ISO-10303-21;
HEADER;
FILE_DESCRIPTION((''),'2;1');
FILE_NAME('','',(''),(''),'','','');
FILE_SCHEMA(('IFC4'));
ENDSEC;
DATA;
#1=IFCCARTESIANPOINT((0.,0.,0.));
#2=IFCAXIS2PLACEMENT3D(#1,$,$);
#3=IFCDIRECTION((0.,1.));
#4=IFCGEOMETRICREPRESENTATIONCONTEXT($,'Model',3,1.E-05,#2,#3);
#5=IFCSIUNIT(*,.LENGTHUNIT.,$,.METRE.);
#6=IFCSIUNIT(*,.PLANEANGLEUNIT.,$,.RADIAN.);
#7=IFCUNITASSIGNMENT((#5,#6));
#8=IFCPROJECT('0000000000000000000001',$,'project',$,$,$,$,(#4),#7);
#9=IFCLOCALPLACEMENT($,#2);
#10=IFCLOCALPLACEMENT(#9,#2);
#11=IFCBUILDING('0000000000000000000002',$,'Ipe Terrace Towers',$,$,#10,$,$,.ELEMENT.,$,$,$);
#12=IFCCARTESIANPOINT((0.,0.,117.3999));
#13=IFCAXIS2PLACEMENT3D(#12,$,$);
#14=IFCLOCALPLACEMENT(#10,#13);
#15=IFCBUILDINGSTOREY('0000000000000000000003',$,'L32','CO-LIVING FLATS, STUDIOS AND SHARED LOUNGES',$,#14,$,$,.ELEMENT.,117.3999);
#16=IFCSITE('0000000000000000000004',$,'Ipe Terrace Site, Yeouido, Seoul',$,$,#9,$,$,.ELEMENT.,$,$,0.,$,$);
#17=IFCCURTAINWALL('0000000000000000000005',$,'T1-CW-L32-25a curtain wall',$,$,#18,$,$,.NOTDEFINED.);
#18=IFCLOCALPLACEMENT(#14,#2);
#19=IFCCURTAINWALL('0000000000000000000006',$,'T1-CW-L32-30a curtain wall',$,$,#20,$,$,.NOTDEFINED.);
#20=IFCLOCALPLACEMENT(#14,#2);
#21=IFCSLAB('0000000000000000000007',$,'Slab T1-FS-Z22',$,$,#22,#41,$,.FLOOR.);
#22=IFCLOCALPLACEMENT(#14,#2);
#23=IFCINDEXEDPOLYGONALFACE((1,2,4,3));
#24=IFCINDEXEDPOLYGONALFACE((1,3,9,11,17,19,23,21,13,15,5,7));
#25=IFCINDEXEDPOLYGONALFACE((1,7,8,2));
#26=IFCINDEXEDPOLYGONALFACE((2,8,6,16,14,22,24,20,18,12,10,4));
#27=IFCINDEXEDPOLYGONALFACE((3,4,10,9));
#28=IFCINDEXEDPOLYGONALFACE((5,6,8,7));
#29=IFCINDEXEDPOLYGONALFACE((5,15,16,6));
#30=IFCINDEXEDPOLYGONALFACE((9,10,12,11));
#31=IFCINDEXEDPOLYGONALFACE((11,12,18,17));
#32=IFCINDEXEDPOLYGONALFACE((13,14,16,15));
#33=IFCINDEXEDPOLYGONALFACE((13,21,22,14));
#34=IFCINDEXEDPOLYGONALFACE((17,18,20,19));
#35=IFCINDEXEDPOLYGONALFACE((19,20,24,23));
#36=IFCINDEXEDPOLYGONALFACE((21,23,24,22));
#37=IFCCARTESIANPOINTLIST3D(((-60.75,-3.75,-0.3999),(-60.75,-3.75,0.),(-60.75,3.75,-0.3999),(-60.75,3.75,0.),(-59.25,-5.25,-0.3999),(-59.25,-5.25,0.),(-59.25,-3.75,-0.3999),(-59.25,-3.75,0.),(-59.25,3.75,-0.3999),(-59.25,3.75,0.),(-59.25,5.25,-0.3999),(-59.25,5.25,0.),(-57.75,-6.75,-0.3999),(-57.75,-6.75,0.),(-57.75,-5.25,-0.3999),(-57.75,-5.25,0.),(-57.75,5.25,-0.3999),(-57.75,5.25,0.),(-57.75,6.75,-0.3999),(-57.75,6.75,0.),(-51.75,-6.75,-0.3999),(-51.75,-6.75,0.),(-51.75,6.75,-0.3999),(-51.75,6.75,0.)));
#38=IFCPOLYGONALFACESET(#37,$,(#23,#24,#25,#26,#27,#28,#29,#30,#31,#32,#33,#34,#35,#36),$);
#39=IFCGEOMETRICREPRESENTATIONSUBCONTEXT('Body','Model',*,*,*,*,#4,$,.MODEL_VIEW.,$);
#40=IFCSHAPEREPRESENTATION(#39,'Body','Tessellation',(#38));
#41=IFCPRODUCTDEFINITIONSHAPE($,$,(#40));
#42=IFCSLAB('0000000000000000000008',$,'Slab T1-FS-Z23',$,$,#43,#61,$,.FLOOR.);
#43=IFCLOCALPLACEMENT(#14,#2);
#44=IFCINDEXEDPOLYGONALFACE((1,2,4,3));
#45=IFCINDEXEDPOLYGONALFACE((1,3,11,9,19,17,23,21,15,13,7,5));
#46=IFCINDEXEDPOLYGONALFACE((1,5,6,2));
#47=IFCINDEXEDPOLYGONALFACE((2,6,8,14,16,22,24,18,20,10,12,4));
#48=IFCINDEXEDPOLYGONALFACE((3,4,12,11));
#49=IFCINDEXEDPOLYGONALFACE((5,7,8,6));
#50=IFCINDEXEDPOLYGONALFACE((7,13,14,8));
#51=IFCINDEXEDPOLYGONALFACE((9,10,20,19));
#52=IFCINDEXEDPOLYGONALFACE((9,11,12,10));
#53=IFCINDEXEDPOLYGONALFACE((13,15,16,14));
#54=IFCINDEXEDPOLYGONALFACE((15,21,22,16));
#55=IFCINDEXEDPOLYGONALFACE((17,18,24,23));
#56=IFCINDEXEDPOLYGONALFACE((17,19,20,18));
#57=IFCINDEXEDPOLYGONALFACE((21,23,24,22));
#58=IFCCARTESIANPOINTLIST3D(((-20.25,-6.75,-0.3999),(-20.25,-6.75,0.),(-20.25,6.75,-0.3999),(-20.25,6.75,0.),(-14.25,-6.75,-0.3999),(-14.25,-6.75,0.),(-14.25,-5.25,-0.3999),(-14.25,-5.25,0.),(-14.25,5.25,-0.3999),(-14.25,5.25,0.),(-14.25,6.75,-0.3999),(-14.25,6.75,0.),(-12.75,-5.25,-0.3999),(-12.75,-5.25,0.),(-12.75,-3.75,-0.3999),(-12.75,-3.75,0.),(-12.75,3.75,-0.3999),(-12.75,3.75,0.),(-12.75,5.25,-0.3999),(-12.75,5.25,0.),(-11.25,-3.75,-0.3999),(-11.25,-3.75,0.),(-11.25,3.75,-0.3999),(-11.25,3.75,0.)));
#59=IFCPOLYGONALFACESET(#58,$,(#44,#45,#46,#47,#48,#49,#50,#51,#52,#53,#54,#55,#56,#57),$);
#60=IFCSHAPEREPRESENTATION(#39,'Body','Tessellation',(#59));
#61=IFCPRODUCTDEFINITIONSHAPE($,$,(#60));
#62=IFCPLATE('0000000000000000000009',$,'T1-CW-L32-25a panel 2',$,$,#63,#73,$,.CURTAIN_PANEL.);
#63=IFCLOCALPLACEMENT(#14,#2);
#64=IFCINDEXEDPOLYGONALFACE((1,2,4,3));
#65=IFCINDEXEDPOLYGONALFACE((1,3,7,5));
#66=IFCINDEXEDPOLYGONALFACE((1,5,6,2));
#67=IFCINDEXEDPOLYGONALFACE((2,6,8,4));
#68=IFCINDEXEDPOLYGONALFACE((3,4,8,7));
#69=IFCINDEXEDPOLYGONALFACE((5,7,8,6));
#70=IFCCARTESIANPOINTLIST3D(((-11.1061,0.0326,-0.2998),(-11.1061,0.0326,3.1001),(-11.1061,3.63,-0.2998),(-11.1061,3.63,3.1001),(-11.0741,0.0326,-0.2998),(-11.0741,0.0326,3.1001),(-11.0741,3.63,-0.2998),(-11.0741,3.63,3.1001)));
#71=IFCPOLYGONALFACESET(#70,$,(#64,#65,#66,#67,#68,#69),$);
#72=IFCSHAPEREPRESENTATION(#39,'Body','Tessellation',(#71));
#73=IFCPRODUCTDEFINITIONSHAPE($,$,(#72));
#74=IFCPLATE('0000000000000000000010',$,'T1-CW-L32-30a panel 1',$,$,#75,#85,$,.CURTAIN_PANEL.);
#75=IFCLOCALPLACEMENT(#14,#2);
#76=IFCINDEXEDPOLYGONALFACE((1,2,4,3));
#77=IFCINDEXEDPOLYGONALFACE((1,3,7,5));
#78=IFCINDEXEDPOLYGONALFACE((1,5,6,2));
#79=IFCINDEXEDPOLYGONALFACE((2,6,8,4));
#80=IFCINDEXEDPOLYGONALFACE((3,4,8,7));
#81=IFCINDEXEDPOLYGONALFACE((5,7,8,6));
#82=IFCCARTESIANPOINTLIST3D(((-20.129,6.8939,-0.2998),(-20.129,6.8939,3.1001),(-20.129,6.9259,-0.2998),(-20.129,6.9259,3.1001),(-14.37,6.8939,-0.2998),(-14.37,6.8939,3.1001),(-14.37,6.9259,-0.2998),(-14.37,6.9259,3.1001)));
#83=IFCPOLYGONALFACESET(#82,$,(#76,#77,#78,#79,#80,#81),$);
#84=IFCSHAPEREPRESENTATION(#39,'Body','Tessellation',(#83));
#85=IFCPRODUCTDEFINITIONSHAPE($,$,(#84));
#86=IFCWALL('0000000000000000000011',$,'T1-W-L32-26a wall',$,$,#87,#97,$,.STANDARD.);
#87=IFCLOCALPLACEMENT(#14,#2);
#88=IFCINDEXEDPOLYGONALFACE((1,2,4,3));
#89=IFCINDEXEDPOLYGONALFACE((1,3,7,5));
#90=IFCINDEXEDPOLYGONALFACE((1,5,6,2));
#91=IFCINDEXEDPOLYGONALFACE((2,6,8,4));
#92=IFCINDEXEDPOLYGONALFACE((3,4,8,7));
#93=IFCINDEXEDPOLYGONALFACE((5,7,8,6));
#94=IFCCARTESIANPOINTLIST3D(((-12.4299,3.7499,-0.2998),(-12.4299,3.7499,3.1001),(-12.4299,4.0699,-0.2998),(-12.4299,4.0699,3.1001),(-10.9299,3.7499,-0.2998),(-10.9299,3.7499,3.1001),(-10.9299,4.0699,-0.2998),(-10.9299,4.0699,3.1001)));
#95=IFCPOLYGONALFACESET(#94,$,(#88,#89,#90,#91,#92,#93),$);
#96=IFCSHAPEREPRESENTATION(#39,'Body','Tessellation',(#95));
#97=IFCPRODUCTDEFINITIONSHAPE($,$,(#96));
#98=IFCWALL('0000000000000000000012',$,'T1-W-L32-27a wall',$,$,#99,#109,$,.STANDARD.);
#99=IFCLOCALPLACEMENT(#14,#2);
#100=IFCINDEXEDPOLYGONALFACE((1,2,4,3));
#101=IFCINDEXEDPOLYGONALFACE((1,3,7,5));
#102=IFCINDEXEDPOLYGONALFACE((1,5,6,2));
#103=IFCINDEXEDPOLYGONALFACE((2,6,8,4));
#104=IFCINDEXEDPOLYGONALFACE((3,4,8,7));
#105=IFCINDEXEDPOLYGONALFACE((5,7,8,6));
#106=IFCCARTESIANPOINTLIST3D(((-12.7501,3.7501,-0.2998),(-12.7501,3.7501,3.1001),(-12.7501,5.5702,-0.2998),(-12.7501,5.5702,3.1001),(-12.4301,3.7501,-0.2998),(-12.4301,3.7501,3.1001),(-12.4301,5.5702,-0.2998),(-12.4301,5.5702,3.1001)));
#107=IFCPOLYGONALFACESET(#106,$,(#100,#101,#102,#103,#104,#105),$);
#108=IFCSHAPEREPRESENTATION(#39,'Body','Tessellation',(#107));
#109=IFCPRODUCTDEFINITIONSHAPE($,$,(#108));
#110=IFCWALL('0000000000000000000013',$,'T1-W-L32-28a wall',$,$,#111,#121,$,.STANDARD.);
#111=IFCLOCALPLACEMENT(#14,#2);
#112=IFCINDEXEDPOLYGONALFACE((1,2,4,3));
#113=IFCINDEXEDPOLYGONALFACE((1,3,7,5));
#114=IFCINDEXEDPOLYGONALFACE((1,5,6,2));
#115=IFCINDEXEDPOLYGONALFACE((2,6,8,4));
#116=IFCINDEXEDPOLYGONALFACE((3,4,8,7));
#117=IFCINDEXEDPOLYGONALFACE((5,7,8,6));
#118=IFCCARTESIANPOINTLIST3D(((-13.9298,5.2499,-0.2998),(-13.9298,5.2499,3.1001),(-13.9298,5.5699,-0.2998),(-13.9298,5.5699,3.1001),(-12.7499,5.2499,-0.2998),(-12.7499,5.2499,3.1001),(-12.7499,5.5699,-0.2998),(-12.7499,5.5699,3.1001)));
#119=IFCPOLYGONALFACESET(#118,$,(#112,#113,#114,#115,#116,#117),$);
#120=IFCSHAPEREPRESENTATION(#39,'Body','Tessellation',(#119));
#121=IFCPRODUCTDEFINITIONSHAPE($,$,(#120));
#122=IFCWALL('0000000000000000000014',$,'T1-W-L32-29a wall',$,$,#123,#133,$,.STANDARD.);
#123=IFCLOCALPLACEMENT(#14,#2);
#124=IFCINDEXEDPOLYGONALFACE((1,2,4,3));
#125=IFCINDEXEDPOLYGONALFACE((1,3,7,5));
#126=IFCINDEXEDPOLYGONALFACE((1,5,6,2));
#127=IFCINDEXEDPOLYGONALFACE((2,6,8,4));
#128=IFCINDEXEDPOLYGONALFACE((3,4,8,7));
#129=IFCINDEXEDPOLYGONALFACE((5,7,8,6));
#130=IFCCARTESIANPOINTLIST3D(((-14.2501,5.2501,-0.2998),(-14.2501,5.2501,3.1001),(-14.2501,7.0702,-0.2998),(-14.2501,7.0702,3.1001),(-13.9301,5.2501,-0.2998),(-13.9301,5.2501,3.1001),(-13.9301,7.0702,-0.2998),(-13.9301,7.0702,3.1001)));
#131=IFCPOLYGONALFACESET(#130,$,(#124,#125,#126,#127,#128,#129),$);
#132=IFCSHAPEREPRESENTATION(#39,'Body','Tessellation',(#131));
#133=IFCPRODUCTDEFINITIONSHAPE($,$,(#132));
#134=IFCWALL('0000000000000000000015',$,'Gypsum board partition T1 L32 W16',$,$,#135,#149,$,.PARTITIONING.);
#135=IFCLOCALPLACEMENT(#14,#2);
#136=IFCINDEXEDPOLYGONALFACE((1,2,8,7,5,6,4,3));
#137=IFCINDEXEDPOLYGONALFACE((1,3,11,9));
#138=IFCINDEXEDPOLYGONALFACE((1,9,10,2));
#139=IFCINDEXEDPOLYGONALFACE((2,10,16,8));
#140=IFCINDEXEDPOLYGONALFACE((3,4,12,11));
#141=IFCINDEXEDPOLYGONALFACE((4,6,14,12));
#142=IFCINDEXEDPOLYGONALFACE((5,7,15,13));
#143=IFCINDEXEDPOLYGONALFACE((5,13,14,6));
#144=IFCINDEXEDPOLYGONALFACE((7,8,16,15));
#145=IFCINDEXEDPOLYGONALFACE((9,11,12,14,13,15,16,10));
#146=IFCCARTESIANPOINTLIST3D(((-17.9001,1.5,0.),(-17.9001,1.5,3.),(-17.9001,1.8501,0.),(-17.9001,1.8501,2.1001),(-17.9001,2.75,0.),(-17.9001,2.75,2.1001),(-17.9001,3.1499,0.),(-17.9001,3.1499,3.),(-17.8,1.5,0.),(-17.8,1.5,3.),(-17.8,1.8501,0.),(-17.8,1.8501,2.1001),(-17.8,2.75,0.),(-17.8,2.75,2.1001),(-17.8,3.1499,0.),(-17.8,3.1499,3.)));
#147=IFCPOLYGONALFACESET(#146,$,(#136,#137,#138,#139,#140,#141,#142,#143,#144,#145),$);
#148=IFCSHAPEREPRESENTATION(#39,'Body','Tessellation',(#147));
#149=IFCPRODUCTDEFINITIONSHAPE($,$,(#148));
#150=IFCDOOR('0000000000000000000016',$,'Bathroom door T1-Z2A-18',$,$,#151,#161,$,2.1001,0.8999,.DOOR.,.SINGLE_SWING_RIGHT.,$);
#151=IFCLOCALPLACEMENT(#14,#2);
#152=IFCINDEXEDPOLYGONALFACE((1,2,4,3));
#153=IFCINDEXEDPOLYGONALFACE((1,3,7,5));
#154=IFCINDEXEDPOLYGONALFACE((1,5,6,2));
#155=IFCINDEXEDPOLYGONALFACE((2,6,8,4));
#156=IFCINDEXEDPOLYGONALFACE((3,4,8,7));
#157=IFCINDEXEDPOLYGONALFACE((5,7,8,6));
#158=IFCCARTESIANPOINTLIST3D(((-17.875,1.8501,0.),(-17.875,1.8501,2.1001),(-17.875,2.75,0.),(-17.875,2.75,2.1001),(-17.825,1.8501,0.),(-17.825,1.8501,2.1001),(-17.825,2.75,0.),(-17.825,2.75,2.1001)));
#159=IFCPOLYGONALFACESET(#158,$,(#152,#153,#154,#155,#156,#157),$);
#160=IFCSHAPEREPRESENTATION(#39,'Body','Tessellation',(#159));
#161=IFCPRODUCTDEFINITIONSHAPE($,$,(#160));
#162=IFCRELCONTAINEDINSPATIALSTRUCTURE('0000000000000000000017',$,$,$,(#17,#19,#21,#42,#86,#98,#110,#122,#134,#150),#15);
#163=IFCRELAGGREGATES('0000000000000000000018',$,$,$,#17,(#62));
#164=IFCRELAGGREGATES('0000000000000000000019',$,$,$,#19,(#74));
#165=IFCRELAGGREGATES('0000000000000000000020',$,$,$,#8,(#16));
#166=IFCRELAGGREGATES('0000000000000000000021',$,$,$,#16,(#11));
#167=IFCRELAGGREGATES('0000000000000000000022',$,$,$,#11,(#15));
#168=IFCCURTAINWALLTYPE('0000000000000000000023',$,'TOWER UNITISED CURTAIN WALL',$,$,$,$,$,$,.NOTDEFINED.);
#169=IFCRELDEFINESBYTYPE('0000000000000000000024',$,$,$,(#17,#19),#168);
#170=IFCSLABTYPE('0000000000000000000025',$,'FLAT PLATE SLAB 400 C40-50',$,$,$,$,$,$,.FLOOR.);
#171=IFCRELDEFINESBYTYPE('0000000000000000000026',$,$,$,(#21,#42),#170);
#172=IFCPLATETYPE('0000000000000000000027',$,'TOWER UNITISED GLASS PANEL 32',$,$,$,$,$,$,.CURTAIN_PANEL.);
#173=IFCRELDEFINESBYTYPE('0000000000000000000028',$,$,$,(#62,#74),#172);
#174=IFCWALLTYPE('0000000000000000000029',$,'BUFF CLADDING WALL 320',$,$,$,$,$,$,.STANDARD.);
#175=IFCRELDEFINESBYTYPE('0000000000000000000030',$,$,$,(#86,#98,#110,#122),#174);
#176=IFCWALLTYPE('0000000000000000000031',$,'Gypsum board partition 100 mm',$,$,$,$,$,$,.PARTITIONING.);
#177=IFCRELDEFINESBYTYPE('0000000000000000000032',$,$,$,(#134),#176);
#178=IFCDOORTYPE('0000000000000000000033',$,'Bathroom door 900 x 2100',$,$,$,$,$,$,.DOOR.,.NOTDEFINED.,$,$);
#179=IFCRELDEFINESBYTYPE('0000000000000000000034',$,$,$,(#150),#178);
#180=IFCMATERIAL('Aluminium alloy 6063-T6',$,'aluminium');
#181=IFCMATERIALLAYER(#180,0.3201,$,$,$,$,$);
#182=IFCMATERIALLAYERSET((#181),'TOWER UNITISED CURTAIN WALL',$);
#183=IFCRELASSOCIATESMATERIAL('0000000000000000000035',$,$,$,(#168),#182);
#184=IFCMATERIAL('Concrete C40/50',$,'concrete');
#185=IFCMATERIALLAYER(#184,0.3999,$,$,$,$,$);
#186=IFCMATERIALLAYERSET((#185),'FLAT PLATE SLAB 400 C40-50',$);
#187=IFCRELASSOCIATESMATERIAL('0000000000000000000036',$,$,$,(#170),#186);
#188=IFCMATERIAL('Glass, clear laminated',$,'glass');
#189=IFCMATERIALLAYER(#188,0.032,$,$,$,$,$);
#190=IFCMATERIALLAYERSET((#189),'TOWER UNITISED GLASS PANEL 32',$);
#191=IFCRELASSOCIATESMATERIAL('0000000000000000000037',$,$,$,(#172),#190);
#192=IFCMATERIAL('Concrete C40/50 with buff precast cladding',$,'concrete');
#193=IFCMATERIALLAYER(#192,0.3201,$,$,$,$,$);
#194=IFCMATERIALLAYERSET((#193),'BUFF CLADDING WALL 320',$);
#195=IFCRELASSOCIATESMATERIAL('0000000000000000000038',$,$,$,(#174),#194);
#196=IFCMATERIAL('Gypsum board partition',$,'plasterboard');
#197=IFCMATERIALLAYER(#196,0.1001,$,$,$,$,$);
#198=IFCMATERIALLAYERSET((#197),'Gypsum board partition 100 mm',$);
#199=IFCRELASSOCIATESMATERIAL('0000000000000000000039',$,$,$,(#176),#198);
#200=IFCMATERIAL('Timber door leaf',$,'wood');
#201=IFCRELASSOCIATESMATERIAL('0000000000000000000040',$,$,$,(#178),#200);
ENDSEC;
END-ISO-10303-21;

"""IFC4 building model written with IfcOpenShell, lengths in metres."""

from ifc_helpers import new_model, si_unit, direction, frame, frame_2d, origin, origin_2d, place, context, subcontext, project, spatial, polyline, rectangle, outline, extrude, material, layer, layer_set, type_object, element, fill, aggregate, save


model = new_model("IFC4")

# Units and contexts
model_context = context("Model", 3, precision=1e-05, world=origin(), true_north=direction((0.0, 1.0)))
body_context = subcontext(model_context, "Body", "Model", "MODEL_VIEW")
ifc_project = project(units=[si_unit("LENGTHUNIT", "METRE"), si_unit("PLANEANGLEUNIT", "RADIAN")], contexts=[model_context])

# Site, building, storey
site_placement = place(None, origin())
site = spatial("IfcSite", under=ifc_project, at=site_placement, Name="Ipe Terrace Site, Yeouido, Seoul", CompositionType="ELEMENT", RefElevation=0.0)
building_placement = place(site_placement, origin())
building = spatial("IfcBuilding", under=site, at=building_placement, Name="Ipe Terrace Towers", CompositionType="ELEMENT")
storey_placement = place(building_placement, frame((0.0, 0.0, 117.3999)))
storey = spatial("IfcBuildingStorey", under=building, at=storey_placement, Name="L32", Description="CO-LIVING FLATS, STUDIOS AND SHARED LOUNGES", CompositionType="ELEMENT", Elevation=117.3999)

# Curtain wall
ifc_material_1 = material(Name="Aluminium alloy 6063-T6", Category="aluminium")
ifc_layer_1 = layer(ifc_material_1, 0.3201)
ifc_layer_set_1 = layer_set([ifc_layer_1], Name="TOWER UNITISED CURTAIN WALL")
curtain_wall_type = type_object("IfcCurtainWallType", Name="TOWER UNITISED CURTAIN WALL", PredefinedType="NOTDEFINED", material=ifc_layer_set_1)
curtain_wall_1_placement = place(storey_placement, origin())
curtain_wall_1 = element("IfcCurtainWall", 1, at=curtain_wall_1_placement, inside=storey, type_object=curtain_wall_type, Name="T1-CW-L32-25a curtain wall", PredefinedType="NOTDEFINED")

# Curtain wall
curtain_wall_2_placement = place(storey_placement, origin())
curtain_wall_2 = element("IfcCurtainWall", 2, at=curtain_wall_2_placement, inside=storey, type_object=curtain_wall_type, Name="T1-CW-L32-30a curtain wall", PredefinedType="NOTDEFINED")

# Slabs
ifc_material_2 = material(Name="Concrete C40/50", Category="concrete")
ifc_layer_2 = layer(ifc_material_2, 0.3999)
ifc_layer_set_2 = layer_set([ifc_layer_2], Name="FLAT PLATE SLAB 400 C40-50")
slab_type = type_object("IfcSlabType", Name="FLAT PLATE SLAB 400 C40-50", PredefinedType="FLOOR", material=ifc_layer_set_2)
slab_1_placement = place(storey_placement, frame((0.0, 0.0, -0.3999)))
element("IfcSlab", 3, at=slab_1_placement, inside=storey, type_object=slab_type, Name="Slab T1-FS-Z22", PredefinedType="FLOOR", context=body_context, shape_type="SweptSolid", body=[
    extrude(outline(polyline([(-57.75, -6.75), (-57.75, -5.25), (-59.25, -5.25), (-59.25, -3.75), (-60.75, -3.75), (-60.75, 3.75), (-59.25, 3.75), (-59.25, 5.25), (-57.75, 5.25), (-57.75, 6.75), (-51.75, 6.75), (-51.75, -6.75), (-57.75, -6.75)])), origin(), (0.0, 0.0, 1.0), 0.3999),
])
slab_2_placement = place(storey_placement, frame((0.0, 0.0, -0.3999)))
element("IfcSlab", 4, at=slab_2_placement, inside=storey, type_object=slab_type, Name="Slab T1-FS-Z23", PredefinedType="FLOOR", context=body_context, shape_type="SweptSolid", body=[
    extrude(outline(polyline([(-14.25, 5.25), (-12.75, 5.25), (-12.75, 3.75), (-11.25, 3.75), (-11.25, -3.75), (-12.75, -3.75), (-12.75, -5.25), (-14.25, -5.25), (-14.25, -6.75), (-20.25, -6.75), (-20.25, 6.75), (-14.25, 6.75), (-14.25, 5.25)])), origin(), (0.0, 0.0, 1.0), 0.3999),
])

# Plates
ifc_material_3 = material(Name="Glass, clear laminated", Category="glass")
ifc_layer_3 = layer(ifc_material_3, 0.032)
ifc_layer_set_3 = layer_set([ifc_layer_3], Name="TOWER UNITISED GLASS PANEL 32")
plate_type = type_object("IfcPlateType", Name="TOWER UNITISED GLASS PANEL 32", PredefinedType="CURTAIN_PANEL", material=ifc_layer_set_3)
plate_1_placement = place(storey_placement, frame((-11.0901, 1.8313, -0.2998), z_axis=(0.0, 0.0, 1.0), x_axis=(0.0, 1.0, 0.0)))
plate_1 = element("IfcPlate", 5, at=plate_1_placement, type_object=plate_type, Name="T1-CW-L32-25a panel 2", PredefinedType="CURTAIN_PANEL", context=body_context, shape_type="SweptSolid", body=[
    extrude(rectangle(XDim=3.5974, YDim=0.032, at=origin_2d()), origin(), (0.0, 0.0, 1.0), 3.3999),
])
aggregate(curtain_wall_1, [plate_1])
plate_2_placement = place(storey_placement, frame((-17.2495, 6.9099, -0.2998), z_axis=(0.0, 0.0, 1.0), x_axis=(-1.0, 0.0, 0.0)))
plate_2 = element("IfcPlate", 6, at=plate_2_placement, type_object=plate_type, Name="T1-CW-L32-30a panel 1", PredefinedType="CURTAIN_PANEL", context=body_context, shape_type="SweptSolid", body=[
    extrude(rectangle(XDim=5.759, YDim=0.032, at=origin_2d()), origin(), (0.0, 0.0, 1.0), 3.3999),
])
aggregate(curtain_wall_2, [plate_2])

# Walls
ifc_material_4 = material(Name="Concrete C40/50 with buff precast cladding", Category="concrete")
ifc_layer_4 = layer(ifc_material_4, 0.3201)
ifc_layer_set_4 = layer_set([ifc_layer_4], Name="BUFF CLADDING WALL 320")
wall_type_1 = type_object("IfcWallType", Name="BUFF CLADDING WALL 320", PredefinedType="STANDARD", material=ifc_layer_set_4)
wall_1_placement = place(storey_placement, frame((-10.9299, 3.9099, -0.2998), z_axis=(0.0, 0.0, 1.0), x_axis=(-1.0, 0.0, 0.0)))
element("IfcWall", 7, at=wall_1_placement, inside=storey, type_object=wall_type_1, Name="T1-W-L32-26a wall", PredefinedType="STANDARD", context=body_context, shape_type="SweptSolid", body=[
    extrude(rectangle(XDim=1.5, YDim=0.3201, at=frame_2d((0.75, 0.0))), origin(), (0.0, 0.0, 1.0), 3.3999),
])
wall_2_placement = place(storey_placement, frame((-12.5901, 3.75, -0.2998), z_axis=(0.0, 0.0, 1.0), x_axis=(0.0, 1.0, 0.0)))
element("IfcWall", 8, at=wall_2_placement, inside=storey, type_object=wall_type_1, Name="T1-W-L32-27a wall", PredefinedType="STANDARD", context=body_context, shape_type="SweptSolid", body=[
    extrude(rectangle(XDim=1.8201, YDim=0.3201, at=frame_2d((0.9102, 0.0))), origin(), (0.0, 0.0, 1.0), 3.3999),
])
wall_3_placement = place(storey_placement, frame((-12.75, 5.4099, -0.2998), z_axis=(0.0, 0.0, 1.0), x_axis=(-1.0, 0.0, 0.0)))
element("IfcWall", 9, at=wall_3_placement, inside=storey, type_object=wall_type_1, Name="T1-W-L32-28a wall", PredefinedType="STANDARD", context=body_context, shape_type="SweptSolid", body=[
    extrude(rectangle(XDim=1.1799, YDim=0.3201, at=frame_2d((0.5898, 0.0))), origin(), (0.0, 0.0, 1.0), 3.3999),
])
wall_4_placement = place(storey_placement, frame((-14.0901, 5.25, -0.2998), z_axis=(0.0, 0.0, 1.0), x_axis=(0.0, 1.0, 0.0)))
element("IfcWall", 10, at=wall_4_placement, inside=storey, type_object=wall_type_1, Name="T1-W-L32-29a wall", PredefinedType="STANDARD", context=body_context, shape_type="SweptSolid", body=[
    extrude(rectangle(XDim=1.8201, YDim=0.3201, at=frame_2d((0.9102, 0.0))), origin(), (0.0, 0.0, 1.0), 3.3999),
])

# Wall, opening, door
ifc_material_5 = material(Name="Gypsum board partition", Category="plasterboard")
ifc_layer_5 = layer(ifc_material_5, 0.1001)
ifc_layer_set_5 = layer_set([ifc_layer_5], Name="Gypsum board partition 100 mm")
wall_type_2 = type_object("IfcWallType", Name="Gypsum board partition 100 mm", PredefinedType="PARTITIONING", material=ifc_layer_set_5)
wall_5_placement = place(storey_placement, frame((-17.8501, 1.5, 0.0), z_axis=(0.0, 0.0, 1.0), x_axis=(0.0, 1.0, 0.0)))
wall_5 = element("IfcWall", 11, at=wall_5_placement, inside=storey, type_object=wall_type_2, Name="Gypsum board partition T1 L32 W16", PredefinedType="PARTITIONING", context=body_context, shape_type="SweptSolid", body=[
    extrude(rectangle(XDim=1.6499, YDim=0.1001, at=frame_2d((0.825, 0.0))), origin(), (0.0, 0.0, 1.0), 3.0),
])
opening_1_placement = place(wall_5_placement, frame((0.3501, 0.0, 0.0)))
opening_1 = element("IfcOpeningElement", 12, at=opening_1_placement, cuts=wall_5, PredefinedType="OPENING", context=body_context, shape_type="SweptSolid", body=[
    extrude(rectangle(XDim=0.8999, YDim=2.1001, at=frame_2d((0.45, 1.05))), frame((0.0, 0.0601, 0.0), z_axis=(0.0, -1.0, 0.0), x_axis=(1.0, 0.0, 0.0)), (0.0, 0.0, 1.0), 0.1201),
])
ifc_material_6 = material(Name="Timber door leaf", Category="wood")
door_type_1 = type_object("IfcDoorType", Name="Bathroom door 900 x 2100", OperationType="NOTDEFINED", PredefinedType="DOOR", material=ifc_material_6)
door_1_placement = place(opening_1_placement, origin())
door_1 = element("IfcDoor", 13, at=door_1_placement, inside=storey, type_object=door_type_1, Name="Bathroom door T1-Z2A-18", OperationType="SINGLE_SWING_RIGHT", OverallHeight=2.1001, OverallWidth=0.8999, PredefinedType="DOOR", context=body_context, shape_type="SweptSolid", body=[
    extrude(rectangle(XDim=0.8999, YDim=2.1001, at=frame_2d((0.45, 1.05))), frame((0.0, 0.0249, 0.0), z_axis=(0.0, -1.0, 0.0), x_axis=(1.0, 0.0, 0.0)), (0.0, 0.0, 1.0), 0.05),
])
fill(opening_1, door_1)

save(model, "model.ifc")
